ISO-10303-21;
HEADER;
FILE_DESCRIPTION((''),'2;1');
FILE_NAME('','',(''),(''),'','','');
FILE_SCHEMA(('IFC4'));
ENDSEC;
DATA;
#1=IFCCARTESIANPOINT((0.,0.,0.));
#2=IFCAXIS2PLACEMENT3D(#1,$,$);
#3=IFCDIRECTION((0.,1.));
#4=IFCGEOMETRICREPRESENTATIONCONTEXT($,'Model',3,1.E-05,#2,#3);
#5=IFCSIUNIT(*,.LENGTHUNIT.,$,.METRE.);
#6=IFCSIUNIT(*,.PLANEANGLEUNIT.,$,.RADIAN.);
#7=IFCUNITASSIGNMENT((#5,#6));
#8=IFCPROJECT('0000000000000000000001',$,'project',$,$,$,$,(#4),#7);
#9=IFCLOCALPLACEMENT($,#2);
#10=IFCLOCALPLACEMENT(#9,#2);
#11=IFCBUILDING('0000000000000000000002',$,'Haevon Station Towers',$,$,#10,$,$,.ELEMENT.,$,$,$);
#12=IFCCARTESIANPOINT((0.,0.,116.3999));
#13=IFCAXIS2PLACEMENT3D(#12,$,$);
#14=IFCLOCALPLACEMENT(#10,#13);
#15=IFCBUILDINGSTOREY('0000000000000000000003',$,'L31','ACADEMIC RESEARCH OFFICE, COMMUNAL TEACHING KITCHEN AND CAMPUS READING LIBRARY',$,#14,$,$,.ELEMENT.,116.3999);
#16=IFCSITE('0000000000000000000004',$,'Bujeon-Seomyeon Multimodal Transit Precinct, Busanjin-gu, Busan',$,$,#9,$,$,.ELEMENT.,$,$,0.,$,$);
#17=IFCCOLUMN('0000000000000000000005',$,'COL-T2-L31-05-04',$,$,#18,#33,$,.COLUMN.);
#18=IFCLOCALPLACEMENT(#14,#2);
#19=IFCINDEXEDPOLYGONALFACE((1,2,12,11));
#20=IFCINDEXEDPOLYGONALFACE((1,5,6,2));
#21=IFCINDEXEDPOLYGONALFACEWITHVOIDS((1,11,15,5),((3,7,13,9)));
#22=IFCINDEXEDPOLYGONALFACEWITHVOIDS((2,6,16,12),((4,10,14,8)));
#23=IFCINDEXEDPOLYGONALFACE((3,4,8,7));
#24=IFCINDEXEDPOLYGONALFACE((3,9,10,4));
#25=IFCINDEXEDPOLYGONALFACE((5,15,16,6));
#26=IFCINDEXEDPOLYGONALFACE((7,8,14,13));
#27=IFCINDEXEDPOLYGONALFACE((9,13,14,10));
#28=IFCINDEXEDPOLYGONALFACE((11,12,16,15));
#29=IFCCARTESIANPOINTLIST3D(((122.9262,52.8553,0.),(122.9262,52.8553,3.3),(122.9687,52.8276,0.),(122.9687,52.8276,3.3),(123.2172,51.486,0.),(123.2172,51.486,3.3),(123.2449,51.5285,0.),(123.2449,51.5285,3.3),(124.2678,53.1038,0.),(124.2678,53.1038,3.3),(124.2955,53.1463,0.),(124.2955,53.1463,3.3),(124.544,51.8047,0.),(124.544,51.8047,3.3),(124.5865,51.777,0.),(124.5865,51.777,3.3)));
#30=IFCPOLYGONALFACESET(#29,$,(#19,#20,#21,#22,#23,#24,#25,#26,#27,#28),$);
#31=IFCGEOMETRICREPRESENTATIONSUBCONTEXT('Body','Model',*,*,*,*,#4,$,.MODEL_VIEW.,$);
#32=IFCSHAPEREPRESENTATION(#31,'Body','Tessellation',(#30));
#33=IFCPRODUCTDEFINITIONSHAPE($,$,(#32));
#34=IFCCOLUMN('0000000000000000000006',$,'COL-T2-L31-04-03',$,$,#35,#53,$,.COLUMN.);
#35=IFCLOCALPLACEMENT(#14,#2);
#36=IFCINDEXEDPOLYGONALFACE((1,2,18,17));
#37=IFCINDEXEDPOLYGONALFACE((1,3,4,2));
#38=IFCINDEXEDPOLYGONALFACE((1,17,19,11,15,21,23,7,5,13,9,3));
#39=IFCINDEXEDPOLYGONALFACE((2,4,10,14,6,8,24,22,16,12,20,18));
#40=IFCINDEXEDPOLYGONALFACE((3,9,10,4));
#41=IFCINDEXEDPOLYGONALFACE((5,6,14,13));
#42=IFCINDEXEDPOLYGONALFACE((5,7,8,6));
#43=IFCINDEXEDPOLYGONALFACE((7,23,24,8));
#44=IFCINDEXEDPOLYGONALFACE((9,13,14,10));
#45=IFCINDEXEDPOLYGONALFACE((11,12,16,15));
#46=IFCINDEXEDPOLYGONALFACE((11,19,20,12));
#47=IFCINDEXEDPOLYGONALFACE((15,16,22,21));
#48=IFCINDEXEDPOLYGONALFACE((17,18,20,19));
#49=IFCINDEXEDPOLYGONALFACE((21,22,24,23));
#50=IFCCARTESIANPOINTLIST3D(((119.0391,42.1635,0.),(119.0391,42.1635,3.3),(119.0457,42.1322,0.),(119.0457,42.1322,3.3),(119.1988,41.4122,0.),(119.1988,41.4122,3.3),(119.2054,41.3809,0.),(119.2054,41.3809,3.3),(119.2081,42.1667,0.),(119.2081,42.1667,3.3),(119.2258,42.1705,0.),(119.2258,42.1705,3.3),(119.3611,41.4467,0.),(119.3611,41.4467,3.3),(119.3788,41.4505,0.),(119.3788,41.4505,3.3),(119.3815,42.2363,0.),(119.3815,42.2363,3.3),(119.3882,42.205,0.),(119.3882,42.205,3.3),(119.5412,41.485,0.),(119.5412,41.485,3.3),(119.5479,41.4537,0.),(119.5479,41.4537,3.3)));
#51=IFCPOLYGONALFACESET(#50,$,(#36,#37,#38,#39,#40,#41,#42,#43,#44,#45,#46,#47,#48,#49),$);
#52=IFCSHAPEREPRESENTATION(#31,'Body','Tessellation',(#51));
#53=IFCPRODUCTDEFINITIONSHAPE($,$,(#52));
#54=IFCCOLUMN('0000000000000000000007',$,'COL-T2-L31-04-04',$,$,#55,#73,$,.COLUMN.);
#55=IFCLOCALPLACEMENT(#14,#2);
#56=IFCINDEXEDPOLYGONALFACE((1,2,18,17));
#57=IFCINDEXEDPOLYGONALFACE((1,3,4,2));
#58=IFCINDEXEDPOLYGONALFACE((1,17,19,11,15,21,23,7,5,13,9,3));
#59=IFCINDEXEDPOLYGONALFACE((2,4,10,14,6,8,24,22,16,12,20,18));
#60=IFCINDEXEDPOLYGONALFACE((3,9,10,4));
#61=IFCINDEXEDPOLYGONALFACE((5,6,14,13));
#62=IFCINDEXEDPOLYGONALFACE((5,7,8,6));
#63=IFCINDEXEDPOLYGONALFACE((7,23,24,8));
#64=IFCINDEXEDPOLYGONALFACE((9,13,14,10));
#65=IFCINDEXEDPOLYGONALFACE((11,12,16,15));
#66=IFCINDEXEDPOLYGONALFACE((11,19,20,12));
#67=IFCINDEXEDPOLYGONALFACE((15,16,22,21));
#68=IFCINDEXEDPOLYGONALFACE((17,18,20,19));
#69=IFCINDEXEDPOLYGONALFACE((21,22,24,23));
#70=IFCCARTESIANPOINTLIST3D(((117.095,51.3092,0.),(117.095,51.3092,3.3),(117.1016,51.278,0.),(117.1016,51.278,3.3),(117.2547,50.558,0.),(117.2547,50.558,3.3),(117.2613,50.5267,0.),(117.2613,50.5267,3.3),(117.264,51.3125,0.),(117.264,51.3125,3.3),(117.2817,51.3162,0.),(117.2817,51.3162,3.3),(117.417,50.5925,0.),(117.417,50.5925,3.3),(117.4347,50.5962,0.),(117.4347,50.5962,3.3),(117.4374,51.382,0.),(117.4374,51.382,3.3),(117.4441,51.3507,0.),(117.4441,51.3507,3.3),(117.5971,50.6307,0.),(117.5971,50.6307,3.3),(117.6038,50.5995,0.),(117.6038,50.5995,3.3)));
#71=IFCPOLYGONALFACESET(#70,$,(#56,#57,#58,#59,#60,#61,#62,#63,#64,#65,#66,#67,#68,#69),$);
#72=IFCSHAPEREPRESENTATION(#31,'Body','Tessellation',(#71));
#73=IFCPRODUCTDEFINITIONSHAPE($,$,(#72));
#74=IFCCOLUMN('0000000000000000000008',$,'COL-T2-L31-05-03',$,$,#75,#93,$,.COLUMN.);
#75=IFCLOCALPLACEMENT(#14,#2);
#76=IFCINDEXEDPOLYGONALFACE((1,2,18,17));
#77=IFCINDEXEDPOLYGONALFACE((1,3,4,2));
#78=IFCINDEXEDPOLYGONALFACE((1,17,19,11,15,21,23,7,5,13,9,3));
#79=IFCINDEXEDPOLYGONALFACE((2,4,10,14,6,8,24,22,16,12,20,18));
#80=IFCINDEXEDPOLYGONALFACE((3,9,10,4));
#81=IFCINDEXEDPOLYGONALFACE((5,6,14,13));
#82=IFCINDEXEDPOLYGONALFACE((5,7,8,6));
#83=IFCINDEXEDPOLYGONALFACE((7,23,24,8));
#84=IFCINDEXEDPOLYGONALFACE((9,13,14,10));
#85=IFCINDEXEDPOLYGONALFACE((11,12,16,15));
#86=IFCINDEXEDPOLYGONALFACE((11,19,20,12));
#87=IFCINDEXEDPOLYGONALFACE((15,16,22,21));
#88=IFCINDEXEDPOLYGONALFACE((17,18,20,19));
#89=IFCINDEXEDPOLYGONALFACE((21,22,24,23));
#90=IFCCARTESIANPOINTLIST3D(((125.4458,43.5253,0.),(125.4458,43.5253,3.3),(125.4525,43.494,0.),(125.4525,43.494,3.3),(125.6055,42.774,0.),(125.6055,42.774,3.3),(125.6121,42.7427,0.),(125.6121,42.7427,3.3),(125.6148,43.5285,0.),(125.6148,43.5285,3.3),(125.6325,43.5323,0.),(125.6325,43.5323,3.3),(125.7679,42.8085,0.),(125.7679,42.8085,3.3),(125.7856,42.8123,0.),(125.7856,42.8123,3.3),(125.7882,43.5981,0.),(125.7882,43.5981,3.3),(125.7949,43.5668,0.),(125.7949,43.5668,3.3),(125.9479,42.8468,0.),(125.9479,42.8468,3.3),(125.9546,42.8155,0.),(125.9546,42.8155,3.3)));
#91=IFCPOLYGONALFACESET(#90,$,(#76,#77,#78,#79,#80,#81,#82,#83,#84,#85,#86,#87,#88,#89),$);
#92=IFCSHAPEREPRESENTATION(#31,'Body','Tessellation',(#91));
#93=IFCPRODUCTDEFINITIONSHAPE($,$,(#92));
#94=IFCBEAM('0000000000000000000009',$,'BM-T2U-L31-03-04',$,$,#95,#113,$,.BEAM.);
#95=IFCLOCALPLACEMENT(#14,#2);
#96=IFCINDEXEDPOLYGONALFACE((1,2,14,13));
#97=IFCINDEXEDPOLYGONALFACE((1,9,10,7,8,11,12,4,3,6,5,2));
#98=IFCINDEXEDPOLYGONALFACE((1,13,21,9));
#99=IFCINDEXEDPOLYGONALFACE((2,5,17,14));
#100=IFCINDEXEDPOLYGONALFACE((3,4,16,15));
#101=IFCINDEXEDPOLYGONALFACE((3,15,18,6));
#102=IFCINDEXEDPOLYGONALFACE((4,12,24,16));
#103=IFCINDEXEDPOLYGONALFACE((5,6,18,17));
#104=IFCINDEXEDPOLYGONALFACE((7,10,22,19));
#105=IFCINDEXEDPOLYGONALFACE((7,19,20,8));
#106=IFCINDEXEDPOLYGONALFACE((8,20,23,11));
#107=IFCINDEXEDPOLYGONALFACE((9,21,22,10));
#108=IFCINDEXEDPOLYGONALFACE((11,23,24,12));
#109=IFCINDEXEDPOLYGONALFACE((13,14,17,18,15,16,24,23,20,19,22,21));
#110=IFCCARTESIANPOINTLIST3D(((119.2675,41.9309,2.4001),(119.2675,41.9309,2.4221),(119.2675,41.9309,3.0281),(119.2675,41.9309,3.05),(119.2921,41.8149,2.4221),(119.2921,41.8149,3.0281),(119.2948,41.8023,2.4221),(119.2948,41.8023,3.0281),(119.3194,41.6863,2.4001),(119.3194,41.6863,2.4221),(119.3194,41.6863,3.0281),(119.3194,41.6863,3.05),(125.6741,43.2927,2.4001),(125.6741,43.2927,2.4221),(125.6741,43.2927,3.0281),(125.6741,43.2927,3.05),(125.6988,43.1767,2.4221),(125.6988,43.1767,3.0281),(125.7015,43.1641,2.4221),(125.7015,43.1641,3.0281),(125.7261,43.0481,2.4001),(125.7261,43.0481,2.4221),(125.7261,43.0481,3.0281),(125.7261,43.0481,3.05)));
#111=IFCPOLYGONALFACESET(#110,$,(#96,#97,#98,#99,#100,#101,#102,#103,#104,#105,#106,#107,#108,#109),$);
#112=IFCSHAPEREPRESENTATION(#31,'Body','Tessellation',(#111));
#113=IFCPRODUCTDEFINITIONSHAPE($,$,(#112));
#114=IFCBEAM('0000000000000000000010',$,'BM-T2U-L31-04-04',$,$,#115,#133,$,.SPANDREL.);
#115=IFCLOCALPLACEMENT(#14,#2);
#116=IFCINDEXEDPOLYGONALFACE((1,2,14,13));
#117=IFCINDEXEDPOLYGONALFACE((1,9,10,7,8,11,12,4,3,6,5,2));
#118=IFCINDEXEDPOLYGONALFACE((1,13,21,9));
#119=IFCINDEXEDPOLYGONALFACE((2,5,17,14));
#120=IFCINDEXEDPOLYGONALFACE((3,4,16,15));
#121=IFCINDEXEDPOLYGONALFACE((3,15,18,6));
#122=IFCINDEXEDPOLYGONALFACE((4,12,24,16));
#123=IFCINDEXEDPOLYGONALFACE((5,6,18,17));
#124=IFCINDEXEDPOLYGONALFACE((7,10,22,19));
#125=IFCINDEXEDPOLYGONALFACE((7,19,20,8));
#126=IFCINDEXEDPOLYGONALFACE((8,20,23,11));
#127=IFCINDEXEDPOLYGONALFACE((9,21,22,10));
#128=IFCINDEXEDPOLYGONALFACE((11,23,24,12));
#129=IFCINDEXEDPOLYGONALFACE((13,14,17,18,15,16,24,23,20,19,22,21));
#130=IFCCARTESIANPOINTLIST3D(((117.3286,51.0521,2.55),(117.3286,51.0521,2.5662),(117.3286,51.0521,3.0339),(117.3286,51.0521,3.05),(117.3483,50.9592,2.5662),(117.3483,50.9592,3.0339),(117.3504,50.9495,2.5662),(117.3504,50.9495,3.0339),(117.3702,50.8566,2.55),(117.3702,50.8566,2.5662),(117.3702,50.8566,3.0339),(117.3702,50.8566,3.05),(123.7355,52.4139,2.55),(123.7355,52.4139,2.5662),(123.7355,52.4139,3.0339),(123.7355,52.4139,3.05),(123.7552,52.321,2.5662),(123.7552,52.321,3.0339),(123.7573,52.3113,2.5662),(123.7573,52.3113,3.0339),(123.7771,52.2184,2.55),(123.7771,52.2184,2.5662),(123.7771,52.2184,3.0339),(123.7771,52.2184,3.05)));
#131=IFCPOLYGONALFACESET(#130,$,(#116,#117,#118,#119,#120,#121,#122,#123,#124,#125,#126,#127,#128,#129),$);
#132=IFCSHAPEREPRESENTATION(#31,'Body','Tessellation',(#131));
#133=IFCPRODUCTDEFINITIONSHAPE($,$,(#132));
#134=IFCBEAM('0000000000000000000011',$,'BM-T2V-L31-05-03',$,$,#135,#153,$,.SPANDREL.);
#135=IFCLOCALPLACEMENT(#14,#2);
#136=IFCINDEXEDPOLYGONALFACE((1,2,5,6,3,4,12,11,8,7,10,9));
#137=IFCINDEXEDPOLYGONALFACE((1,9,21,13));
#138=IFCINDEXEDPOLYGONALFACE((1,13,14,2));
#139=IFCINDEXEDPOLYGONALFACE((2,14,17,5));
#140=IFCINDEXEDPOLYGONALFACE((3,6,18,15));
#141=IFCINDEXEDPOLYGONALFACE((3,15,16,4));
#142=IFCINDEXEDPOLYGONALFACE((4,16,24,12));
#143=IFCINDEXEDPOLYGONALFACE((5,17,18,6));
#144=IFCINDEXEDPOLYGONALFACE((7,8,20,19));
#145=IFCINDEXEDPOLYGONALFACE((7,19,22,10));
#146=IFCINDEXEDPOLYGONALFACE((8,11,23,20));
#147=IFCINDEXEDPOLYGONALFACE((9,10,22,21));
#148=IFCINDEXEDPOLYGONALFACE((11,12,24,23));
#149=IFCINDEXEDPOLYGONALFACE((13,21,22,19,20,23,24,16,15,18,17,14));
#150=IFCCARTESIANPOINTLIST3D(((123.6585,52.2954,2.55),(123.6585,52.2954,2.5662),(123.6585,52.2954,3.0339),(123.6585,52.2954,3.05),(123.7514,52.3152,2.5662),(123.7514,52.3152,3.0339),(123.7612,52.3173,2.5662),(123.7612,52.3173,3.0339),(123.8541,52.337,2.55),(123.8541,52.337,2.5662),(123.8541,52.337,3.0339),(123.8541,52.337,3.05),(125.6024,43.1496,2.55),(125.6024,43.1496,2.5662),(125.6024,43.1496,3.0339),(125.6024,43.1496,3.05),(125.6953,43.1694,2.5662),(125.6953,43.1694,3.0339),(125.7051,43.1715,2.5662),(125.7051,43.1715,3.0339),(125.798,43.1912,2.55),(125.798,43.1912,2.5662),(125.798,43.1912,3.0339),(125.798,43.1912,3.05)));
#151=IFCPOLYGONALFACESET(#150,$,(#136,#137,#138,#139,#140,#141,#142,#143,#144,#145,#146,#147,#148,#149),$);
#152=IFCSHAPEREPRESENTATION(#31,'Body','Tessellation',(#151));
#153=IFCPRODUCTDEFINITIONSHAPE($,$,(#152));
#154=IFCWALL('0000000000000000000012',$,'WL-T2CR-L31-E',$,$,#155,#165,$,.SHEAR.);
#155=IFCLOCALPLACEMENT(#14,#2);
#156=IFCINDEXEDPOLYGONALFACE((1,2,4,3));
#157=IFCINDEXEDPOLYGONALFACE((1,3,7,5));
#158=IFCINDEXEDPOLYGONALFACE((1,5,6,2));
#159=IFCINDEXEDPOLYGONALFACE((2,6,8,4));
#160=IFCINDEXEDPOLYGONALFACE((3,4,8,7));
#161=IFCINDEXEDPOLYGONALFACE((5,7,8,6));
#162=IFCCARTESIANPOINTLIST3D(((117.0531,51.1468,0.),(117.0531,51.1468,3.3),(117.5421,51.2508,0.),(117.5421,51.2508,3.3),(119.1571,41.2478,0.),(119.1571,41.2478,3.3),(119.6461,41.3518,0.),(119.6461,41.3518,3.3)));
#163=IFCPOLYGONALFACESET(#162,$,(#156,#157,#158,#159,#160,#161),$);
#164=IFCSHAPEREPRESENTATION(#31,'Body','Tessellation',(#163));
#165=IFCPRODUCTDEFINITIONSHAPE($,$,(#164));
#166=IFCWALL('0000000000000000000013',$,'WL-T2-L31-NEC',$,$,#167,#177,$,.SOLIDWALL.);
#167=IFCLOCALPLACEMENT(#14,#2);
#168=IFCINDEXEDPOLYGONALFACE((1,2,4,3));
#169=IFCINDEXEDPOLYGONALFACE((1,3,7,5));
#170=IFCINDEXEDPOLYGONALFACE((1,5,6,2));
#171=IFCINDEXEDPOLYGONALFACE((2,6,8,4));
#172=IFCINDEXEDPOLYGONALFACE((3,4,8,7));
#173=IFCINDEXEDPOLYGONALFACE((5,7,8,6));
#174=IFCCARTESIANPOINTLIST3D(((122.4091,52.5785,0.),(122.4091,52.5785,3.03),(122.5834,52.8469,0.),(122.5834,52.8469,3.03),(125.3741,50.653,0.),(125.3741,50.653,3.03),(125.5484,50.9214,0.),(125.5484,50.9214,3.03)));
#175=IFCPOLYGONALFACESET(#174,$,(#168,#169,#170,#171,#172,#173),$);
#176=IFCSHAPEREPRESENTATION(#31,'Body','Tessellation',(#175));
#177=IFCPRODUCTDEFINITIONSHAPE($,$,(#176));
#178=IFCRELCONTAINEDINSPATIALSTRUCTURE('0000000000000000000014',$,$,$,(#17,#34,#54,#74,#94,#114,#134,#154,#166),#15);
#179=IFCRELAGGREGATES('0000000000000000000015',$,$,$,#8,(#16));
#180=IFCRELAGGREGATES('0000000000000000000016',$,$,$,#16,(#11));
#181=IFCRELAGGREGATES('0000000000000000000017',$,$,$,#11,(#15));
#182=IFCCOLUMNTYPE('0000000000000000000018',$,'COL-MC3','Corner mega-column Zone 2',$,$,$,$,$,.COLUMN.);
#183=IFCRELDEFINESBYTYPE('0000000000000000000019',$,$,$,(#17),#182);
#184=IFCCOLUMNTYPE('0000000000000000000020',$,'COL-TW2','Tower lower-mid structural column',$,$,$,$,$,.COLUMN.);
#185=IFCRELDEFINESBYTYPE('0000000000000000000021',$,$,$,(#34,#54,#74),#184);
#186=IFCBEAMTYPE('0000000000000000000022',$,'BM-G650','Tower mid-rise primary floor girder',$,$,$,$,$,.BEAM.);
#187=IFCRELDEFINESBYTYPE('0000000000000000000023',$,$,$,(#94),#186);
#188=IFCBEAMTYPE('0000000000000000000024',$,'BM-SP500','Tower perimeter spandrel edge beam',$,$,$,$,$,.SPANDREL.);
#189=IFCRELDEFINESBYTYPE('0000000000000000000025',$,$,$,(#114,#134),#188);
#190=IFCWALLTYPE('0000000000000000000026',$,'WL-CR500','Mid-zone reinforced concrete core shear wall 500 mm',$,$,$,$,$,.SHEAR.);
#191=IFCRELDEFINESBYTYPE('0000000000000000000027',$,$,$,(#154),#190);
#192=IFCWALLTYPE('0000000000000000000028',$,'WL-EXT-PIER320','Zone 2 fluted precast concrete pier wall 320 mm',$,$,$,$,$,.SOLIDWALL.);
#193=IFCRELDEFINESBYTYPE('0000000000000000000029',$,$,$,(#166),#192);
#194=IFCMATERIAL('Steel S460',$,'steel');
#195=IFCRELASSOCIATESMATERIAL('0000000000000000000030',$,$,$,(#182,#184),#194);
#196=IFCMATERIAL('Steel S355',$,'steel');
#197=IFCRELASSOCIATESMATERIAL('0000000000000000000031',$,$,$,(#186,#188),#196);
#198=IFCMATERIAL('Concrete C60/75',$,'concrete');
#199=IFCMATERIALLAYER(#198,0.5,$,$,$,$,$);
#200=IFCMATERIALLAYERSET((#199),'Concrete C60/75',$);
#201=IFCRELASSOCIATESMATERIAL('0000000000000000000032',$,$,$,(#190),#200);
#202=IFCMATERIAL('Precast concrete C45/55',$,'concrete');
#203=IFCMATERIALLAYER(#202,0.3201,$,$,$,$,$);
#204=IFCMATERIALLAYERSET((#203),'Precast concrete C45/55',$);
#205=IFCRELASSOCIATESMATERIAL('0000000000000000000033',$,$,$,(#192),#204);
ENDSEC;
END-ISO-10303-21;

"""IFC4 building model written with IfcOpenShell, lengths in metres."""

from ifc_helpers import new_model, si_unit, direction, frame, frame_2d, origin, origin_2d, place, context, subcontext, project, spatial, rectangle, hollow_rectangle, i_section, extrude, material, layer, layer_set, material_profile, profile_set, type_object, element, save


model = new_model("IFC4")

# Units and contexts
model_context = context("Model", 3, precision=1e-05, world=origin(), true_north=direction((0.0, 1.0)))
body_context = subcontext(model_context, "Body", "Model", "MODEL_VIEW")
ifc_project = project(units=[si_unit("LENGTHUNIT", "METRE"), si_unit("PLANEANGLEUNIT", "RADIAN")], contexts=[model_context])

# Site, building, storey
site_placement = place(None, origin())
site = spatial("IfcSite", under=ifc_project, at=site_placement, Name="Bujeon-Seomyeon Multimodal Transit Precinct, Busanjin-gu, Busan", CompositionType="ELEMENT", RefElevation=0.0)
building_placement = place(site_placement, origin())
building = spatial("IfcBuilding", under=site, at=building_placement, Name="Haevon Station Towers", CompositionType="ELEMENT")
storey_placement = place(building_placement, frame((0.0, 0.0, 116.3999)))
storey = spatial("IfcBuildingStorey", under=building, at=storey_placement, Name="L31", Description="ACADEMIC RESEARCH OFFICE, COMMUNAL TEACHING KITCHEN AND CAMPUS READING LIBRARY", CompositionType="ELEMENT", Elevation=116.3999)

# Columns
ifc_material_1 = material(Name="Steel S460", Category="steel")
ifc_material_profile_1 = material_profile(ifc_material_1, hollow_rectangle(XDim=1.3999, YDim=1.3999, WallThickness=0.0359, at=origin_2d()), Name="BOX-1400x1400x36")
ifc_profile_set_1 = profile_set([ifc_material_profile_1], Name="Steel S460")
column_type_1 = type_object("IfcColumnType", Name="COL-MC3", Description="Corner mega-column Zone 2", PredefinedType="COLUMN", material=ifc_profile_set_1)
column_placement = place(storey_placement, frame((123.7563, 52.3162, 0.0), z_axis=(0.0, 0.0, 1.0), x_axis=(0.978148, 0.207912, 0.0)))
element("IfcColumn", 1, at=column_placement, inside=storey, type_object=column_type_1, Name="COL-T2-L31-05-04", PredefinedType="COLUMN", context=body_context, shape_type="SweptSolid", body=[
    extrude(hollow_rectangle(XDim=1.3999, YDim=1.3999, WallThickness=0.0359, at=origin_2d()), origin(), (0.0, 0.0, 1.0), 3.3),
])
ifc_material_profile_2 = material_profile(ifc_material_1, i_section(OverallWidth=0.3501, OverallDepth=0.8, WebThickness=0.0181, FlangeThickness=0.032, at=origin_2d()), Name="H-800x350x18x32")
ifc_profile_set_2 = profile_set([ifc_material_profile_2], Name="Steel S460")
column_type_2 = type_object("IfcColumnType", Name="COL-TW2", Description="Tower lower-mid structural column", PredefinedType="COLUMN", material=ifc_profile_set_2)
for number, where, z_axis, x_axis, name in (
    (2, (119.2935, 41.8086, 0.0), (0.0, 0.0, 1.0), (0.978148, 0.207912, 0.0), "COL-T2-L31-04-03"),
    (3, (117.3494, 50.9543, 0.0), (0.0, 0.0, 1.0), (0.978148, 0.207912, 0.0), "COL-T2-L31-04-04"),
    (4, (125.7002, 43.1704, 0.0), (0.0, 0.0, 1.0), (0.978148, 0.207912, 0.0), "COL-T2-L31-05-03"),
):
    element("IfcColumn", number, at=place(storey_placement, frame(where, z_axis=z_axis, x_axis=x_axis)), inside=storey, type_object=column_type_2, Name=name, PredefinedType="COLUMN", context=body_context, shape_type="SweptSolid", body=[
        extrude(i_section(OverallWidth=0.3501, OverallDepth=0.8, WebThickness=0.0181, FlangeThickness=0.032, at=origin_2d()), origin(), (0.0, 0.0, 1.0), 3.3),
    ])

# Beams
ifc_material_2 = material(Name="Steel S355", Category="steel")
ifc_material_profile_3 = material_profile(ifc_material_2, i_section(OverallWidth=0.25, OverallDepth=0.6499, WebThickness=0.0129, FlangeThickness=0.022, at=origin_2d()), Name="H-650x250x13x22")
ifc_profile_set_3 = profile_set([ifc_material_profile_3], Name="Steel S355")
beam_type_1 = type_object("IfcBeamType", Name="BM-G650", Description="Tower mid-rise primary floor girder", PredefinedType="BEAM", material=ifc_profile_set_3)
beam_1_placement = place(storey_placement, frame((119.2935, 41.8086, 2.7251), z_axis=(0.978147, 0.207915, 0.0), x_axis=(-0.207915, 0.978147, 0.0)))
element("IfcBeam", 5, at=beam_1_placement, inside=storey, type_object=beam_type_1, Name="BM-T2U-L31-03-04", PredefinedType="BEAM", context=body_context, shape_type="SweptSolid", body=[
    extrude(i_section(OverallWidth=0.25, OverallDepth=0.6499, WebThickness=0.0129, FlangeThickness=0.022, at=origin_2d()), origin(), (0.0, 0.0, 1.0), 6.5498),
])
ifc_material_profile_4 = material_profile(ifc_material_2, i_section(OverallWidth=0.2, OverallDepth=0.5, WebThickness=0.01, FlangeThickness=0.0161, at=origin_2d()), Name="H-500x200x10x16")
ifc_profile_set_4 = profile_set([ifc_material_profile_4], Name="Steel S355")
beam_type_2 = type_object("IfcBeamType", Name="BM-SP500", Description="Tower perimeter spandrel edge beam", PredefinedType="SPANDREL", material=ifc_profile_set_4)
beam_2_placement = place(storey_placement, frame((117.3494, 50.9543, 2.8), z_axis=(0.978149, 0.207907, 0.0), x_axis=(-0.207907, 0.978149, 0.0)))
element("IfcBeam", 6, at=beam_2_placement, inside=storey, type_object=beam_type_2, Name="BM-T2U-L31-04-04", PredefinedType="SPANDREL", context=body_context, shape_type="SweptSolid", body=[
    extrude(i_section(OverallWidth=0.2, OverallDepth=0.5, WebThickness=0.01, FlangeThickness=0.0161, at=origin_2d()), origin(), (0.0, 0.0, 1.0), 6.55),
])
beam_3_placement = place(storey_placement, frame((125.7002, 43.1704, 2.8), z_axis=(-0.207897, 0.978151, 0.0), x_axis=(-0.978151, -0.207897, 0.0)))
element("IfcBeam", 7, at=beam_3_placement, inside=storey, type_object=beam_type_2, Name="BM-T2V-L31-05-03", PredefinedType="SPANDREL", context=body_context, shape_type="SweptSolid", body=[
    extrude(i_section(OverallWidth=0.2, OverallDepth=0.5, WebThickness=0.01, FlangeThickness=0.0161, at=origin_2d()), origin(), (0.0, 0.0, 1.0), 9.3501),
])

# Walls
ifc_material_3 = material(Name="Concrete C60/75", Category="concrete")
ifc_layer_1 = layer(ifc_material_3, 0.5)
ifc_layer_set_1 = layer_set([ifc_layer_1], Name="Concrete C60/75")
wall_type_1 = type_object("IfcWallType", Name="WL-CR500", Description="Mid-zone reinforced concrete core shear wall 500 mm", PredefinedType="SHEAR", material=ifc_layer_set_1)
wall_1_placement = place(storey_placement, frame((119.4016, 41.2998, 0.0), z_axis=(0.0, 0.0, 1.0), x_axis=(-0.207904, 0.978149, 0.0)))
element("IfcWall", 8, at=wall_1_placement, inside=storey, type_object=wall_type_1, Name="WL-T2CR-L31-E", PredefinedType="SHEAR", context=body_context, shape_type="SweptSolid", body=[
    extrude(rectangle(XDim=10.1201, YDim=0.5, at=frame_2d((5.0601, 0.0))), origin(), (0.0, 0.0, 1.0), 3.3),
])
ifc_material_4 = material(Name="Precast concrete C45/55", Category="concrete")
ifc_layer_2 = layer(ifc_material_4, 0.3201)
ifc_layer_set_2 = layer_set([ifc_layer_2], Name="Precast concrete C45/55")
wall_type_2 = type_object("IfcWallType", Name="WL-EXT-PIER320", Description="Zone 2 fluted precast concrete pier wall 320 mm", PredefinedType="SOLIDWALL", material=ifc_layer_set_2)
wall_2_placement = place(storey_placement, frame((122.4963, 52.7126, 0.0), z_axis=(0.0, 0.0, 1.0), x_axis=(0.838672, -0.544636, 0.0)))
element("IfcWall", 9, at=wall_2_placement, inside=storey, type_object=wall_type_2, Name="WL-T2-L31-NEC", PredefinedType="SOLIDWALL", context=body_context, shape_type="SweptSolid", body=[
    extrude(rectangle(XDim=3.5354, YDim=0.3201, at=frame_2d((1.7676, 0.0))), origin(), (0.0, 0.0, 1.0), 3.03),
])

save(model, "model.ifc")
